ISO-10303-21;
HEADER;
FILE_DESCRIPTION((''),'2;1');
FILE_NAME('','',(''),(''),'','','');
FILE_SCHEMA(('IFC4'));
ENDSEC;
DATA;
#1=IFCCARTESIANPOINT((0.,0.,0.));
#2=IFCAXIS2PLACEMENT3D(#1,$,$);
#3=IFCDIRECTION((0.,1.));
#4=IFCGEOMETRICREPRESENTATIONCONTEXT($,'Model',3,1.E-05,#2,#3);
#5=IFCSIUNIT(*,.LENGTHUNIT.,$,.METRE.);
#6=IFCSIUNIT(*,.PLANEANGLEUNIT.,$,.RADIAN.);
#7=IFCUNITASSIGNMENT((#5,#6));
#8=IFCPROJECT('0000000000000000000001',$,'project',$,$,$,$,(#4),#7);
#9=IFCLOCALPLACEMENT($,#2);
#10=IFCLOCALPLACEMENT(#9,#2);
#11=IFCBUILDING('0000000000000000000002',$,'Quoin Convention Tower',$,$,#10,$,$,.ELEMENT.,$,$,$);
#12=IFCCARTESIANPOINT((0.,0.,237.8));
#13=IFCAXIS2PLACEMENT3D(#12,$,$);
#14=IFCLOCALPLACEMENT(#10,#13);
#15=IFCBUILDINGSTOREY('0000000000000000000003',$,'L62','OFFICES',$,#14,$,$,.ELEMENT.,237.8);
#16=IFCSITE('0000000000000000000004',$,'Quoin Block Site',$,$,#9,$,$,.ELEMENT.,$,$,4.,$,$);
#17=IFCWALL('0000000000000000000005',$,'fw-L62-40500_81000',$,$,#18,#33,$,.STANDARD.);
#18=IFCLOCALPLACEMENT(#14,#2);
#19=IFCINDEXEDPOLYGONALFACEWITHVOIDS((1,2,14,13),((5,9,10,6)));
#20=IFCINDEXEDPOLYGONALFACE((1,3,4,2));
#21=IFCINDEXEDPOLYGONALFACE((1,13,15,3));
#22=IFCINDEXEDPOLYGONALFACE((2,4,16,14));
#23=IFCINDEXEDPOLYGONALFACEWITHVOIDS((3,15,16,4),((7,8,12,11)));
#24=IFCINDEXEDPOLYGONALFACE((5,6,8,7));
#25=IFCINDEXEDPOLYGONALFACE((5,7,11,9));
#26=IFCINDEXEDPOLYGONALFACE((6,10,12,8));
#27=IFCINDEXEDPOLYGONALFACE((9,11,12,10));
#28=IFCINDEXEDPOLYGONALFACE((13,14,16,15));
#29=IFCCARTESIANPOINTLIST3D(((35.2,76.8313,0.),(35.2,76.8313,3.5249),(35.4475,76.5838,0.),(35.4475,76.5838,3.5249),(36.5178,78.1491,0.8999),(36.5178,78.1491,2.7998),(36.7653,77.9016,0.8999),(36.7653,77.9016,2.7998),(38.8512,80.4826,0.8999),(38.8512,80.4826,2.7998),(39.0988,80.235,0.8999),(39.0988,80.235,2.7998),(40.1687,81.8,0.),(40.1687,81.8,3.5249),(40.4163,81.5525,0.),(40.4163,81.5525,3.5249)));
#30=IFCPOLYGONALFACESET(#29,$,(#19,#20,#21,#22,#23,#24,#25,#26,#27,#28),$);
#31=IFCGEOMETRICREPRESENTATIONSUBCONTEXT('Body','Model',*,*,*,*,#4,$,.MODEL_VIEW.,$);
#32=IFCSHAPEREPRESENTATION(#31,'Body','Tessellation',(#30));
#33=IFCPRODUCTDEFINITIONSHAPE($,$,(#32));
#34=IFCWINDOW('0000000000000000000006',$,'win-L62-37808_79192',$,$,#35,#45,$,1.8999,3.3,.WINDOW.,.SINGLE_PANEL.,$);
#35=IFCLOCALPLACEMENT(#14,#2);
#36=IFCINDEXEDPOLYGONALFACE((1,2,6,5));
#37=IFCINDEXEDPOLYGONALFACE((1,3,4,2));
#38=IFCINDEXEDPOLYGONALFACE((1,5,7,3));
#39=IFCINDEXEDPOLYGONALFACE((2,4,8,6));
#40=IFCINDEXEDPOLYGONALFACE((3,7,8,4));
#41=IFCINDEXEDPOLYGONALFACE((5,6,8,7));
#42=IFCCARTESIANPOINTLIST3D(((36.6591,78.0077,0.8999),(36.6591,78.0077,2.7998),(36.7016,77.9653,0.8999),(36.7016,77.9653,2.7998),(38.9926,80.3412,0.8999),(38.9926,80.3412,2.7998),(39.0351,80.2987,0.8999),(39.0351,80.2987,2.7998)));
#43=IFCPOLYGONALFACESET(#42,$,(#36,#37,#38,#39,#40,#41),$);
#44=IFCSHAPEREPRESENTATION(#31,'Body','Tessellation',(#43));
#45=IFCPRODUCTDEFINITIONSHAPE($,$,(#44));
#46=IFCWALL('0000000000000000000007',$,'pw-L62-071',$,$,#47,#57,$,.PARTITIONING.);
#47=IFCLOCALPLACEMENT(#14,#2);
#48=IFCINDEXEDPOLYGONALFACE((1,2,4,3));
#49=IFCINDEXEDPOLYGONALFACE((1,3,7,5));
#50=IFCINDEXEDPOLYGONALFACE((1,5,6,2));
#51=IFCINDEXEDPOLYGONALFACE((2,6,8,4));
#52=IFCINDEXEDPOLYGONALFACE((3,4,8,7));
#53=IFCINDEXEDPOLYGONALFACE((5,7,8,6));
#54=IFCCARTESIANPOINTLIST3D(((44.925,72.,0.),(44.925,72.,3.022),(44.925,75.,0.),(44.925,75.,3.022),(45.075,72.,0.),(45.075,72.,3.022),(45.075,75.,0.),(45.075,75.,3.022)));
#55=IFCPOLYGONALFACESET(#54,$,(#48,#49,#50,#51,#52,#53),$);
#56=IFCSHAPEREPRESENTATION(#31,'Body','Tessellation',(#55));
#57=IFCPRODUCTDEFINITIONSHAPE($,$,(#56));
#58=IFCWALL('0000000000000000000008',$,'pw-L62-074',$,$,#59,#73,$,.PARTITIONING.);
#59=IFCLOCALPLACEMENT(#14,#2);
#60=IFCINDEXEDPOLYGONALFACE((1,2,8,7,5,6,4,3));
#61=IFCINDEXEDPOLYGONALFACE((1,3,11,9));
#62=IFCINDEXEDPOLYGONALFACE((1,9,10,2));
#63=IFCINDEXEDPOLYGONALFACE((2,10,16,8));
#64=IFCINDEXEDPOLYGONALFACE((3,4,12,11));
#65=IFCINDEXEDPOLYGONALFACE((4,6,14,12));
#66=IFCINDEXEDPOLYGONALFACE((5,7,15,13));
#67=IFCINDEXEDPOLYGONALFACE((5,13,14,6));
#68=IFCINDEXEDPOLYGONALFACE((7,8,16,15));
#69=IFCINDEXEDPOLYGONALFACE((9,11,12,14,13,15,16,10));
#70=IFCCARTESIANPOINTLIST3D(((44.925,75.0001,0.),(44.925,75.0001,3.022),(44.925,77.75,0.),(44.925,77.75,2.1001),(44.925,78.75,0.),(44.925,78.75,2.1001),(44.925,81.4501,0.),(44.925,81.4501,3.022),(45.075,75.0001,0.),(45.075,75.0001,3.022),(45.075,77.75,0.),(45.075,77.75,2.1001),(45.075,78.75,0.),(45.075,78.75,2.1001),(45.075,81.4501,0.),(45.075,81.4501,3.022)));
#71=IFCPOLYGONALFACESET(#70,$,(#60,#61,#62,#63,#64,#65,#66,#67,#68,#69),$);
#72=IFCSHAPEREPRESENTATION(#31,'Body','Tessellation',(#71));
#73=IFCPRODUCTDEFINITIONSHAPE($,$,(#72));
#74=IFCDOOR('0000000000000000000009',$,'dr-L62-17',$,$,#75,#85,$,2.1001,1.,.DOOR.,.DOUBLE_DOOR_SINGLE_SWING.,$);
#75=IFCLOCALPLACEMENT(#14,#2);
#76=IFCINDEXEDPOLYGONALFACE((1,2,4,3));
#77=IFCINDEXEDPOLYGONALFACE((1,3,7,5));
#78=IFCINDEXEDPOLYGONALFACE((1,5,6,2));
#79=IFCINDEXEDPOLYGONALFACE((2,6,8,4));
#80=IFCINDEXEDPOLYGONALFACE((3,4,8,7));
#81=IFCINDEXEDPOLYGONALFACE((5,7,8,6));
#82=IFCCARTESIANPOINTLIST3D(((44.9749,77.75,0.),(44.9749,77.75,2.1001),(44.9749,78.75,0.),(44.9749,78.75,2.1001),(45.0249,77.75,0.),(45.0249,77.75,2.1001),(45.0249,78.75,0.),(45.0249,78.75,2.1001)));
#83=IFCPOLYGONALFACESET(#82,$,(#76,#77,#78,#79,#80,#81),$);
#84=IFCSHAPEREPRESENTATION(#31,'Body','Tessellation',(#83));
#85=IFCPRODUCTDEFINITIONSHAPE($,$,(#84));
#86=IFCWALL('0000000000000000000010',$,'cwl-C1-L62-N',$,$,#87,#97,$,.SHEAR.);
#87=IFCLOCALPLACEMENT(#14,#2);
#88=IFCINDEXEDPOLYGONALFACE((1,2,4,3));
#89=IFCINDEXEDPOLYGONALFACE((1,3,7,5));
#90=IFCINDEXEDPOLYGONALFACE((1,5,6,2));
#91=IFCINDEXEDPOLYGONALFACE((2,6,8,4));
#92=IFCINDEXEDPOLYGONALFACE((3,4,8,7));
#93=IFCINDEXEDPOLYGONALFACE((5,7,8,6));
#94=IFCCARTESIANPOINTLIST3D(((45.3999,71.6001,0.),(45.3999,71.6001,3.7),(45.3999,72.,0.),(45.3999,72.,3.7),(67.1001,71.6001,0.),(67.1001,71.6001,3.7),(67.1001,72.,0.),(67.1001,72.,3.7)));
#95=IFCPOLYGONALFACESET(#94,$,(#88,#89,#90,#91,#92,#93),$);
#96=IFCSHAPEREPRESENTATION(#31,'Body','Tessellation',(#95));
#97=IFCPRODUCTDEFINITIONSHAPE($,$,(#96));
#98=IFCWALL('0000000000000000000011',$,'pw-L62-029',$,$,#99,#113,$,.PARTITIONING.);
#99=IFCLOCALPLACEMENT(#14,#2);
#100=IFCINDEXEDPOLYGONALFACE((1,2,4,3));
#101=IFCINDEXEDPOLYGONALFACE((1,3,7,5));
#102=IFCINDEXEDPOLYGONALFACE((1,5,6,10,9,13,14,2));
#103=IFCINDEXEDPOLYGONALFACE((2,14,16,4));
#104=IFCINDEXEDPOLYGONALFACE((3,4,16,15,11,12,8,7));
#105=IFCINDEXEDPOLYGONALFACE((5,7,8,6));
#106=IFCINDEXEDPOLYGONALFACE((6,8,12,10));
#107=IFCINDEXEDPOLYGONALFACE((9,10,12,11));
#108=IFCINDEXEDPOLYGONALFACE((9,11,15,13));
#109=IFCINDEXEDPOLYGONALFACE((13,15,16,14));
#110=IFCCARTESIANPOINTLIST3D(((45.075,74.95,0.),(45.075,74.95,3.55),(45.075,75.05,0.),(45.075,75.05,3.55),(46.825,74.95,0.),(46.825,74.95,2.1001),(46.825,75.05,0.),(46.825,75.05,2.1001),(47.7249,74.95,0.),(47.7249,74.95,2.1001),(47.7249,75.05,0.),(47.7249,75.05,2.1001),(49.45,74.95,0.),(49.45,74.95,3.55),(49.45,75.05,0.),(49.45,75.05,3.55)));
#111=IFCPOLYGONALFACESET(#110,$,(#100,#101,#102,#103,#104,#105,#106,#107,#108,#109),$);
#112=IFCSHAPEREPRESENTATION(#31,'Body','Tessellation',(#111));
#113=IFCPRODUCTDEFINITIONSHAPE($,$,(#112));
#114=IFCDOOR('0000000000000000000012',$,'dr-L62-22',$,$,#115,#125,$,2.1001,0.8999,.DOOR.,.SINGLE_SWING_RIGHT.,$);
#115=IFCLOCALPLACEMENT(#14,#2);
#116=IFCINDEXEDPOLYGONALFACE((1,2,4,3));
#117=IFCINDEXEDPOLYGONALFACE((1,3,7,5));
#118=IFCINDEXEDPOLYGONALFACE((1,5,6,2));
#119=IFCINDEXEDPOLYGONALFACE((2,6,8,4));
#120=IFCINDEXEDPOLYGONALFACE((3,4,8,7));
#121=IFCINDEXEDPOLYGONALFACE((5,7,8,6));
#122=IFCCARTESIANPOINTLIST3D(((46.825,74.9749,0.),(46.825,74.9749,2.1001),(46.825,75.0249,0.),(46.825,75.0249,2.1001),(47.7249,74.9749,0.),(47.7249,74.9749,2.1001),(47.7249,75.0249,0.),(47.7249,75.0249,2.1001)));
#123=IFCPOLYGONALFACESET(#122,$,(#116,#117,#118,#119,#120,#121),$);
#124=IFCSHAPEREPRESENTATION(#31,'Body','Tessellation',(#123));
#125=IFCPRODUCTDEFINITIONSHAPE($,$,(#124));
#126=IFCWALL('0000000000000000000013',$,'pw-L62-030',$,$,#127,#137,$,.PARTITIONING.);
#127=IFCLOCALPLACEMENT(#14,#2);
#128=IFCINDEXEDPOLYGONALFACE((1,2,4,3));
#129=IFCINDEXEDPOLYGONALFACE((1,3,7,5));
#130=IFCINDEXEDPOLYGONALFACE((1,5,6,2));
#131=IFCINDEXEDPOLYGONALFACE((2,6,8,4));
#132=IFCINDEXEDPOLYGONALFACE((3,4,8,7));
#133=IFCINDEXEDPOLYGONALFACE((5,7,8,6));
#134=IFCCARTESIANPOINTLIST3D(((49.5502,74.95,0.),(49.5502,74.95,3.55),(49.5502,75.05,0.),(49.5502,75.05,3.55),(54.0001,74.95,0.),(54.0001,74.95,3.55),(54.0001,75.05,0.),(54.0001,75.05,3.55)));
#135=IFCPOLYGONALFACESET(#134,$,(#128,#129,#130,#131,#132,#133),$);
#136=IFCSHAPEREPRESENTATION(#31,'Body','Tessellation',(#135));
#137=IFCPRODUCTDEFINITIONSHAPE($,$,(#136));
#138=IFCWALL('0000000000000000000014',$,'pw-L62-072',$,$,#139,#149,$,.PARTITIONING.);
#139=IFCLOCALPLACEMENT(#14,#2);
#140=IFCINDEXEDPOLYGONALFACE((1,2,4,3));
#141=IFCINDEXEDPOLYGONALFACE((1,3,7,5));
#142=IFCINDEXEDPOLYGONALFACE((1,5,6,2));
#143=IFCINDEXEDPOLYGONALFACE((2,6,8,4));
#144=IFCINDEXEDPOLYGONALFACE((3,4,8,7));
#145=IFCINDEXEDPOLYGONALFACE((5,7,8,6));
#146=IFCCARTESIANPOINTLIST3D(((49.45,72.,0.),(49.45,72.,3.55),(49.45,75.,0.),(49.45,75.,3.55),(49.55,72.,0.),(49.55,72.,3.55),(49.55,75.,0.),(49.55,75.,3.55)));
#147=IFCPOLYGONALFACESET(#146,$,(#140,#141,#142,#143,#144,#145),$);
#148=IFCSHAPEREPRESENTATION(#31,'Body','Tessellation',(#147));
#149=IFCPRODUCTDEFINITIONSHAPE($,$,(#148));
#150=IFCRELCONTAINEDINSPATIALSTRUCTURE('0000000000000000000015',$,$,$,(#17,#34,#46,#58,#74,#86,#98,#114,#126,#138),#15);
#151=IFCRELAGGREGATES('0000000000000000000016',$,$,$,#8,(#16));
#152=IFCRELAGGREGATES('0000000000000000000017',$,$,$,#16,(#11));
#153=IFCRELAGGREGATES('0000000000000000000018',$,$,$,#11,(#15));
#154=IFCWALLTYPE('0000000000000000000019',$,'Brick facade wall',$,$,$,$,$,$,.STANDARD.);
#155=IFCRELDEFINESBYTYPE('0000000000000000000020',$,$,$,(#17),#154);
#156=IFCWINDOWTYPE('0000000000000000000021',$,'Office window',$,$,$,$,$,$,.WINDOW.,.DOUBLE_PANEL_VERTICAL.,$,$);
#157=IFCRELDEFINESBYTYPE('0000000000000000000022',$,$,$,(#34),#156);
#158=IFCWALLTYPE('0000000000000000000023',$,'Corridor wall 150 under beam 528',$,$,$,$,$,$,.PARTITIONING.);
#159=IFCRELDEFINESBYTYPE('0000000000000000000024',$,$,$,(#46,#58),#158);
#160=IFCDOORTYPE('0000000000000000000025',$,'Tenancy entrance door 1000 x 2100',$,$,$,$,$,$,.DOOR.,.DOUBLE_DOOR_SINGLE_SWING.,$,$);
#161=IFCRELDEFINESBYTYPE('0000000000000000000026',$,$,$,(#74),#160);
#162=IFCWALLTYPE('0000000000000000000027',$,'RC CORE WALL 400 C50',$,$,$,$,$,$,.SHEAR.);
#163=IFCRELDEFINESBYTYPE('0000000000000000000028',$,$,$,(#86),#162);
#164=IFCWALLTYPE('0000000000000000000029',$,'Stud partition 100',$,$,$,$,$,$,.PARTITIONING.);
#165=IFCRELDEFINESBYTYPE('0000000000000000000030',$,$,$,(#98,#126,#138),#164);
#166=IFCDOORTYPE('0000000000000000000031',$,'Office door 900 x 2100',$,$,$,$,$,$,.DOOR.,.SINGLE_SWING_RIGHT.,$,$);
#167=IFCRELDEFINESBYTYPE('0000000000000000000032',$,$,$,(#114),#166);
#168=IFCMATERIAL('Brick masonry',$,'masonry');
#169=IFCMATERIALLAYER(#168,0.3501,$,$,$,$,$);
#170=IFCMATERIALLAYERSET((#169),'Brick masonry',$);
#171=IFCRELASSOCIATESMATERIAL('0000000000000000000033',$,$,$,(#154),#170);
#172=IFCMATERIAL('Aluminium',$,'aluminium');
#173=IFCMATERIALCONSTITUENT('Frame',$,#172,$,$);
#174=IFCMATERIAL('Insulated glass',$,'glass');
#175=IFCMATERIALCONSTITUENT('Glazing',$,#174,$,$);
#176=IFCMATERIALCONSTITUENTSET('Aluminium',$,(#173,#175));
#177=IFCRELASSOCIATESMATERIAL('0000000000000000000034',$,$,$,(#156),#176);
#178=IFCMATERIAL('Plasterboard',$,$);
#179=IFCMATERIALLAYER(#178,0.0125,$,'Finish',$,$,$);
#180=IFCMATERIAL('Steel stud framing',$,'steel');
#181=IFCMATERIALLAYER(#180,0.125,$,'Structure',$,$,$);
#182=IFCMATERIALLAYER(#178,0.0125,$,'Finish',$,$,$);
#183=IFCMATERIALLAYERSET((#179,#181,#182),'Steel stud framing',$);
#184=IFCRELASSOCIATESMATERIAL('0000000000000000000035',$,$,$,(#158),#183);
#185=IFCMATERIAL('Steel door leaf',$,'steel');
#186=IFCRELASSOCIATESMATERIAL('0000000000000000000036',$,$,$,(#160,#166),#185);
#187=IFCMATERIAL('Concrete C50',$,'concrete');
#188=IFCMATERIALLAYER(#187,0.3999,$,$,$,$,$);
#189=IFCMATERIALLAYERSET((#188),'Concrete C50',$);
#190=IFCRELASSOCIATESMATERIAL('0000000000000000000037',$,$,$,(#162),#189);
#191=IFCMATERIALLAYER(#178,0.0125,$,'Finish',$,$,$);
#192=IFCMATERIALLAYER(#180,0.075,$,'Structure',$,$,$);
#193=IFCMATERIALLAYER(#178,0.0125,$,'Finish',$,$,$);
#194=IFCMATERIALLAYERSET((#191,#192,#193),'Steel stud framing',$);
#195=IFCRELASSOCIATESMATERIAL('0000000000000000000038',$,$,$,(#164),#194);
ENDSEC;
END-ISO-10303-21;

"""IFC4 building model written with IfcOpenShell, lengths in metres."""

from ifc_helpers import new_model, si_unit, direction, frame, frame_2d, origin, place, context, subcontext, project, spatial, rectangle, extrude, material, layer, layer_set, constituent, constituent_set, type_object, element, fill, save


model = new_model("IFC4")

# Units and contexts
model_context = context("Model", 3, precision=1e-05, world=origin(), true_north=direction((0.0, 1.0)))
body_context = subcontext(model_context, "Body", "Model", "MODEL_VIEW")
ifc_project = project(units=[si_unit("LENGTHUNIT", "METRE"), si_unit("PLANEANGLEUNIT", "RADIAN")], contexts=[model_context])

# Site, building, storey
site_placement = place(None, origin())
site = spatial("IfcSite", under=ifc_project, at=site_placement, Name="Quoin Block Site", CompositionType="ELEMENT", RefElevation=4.0)
building_placement = place(site_placement, origin())
building = spatial("IfcBuilding", under=site, at=building_placement, Name="Quoin Convention Tower", CompositionType="ELEMENT")
storey_placement = place(building_placement, frame((0.0, 0.0, 237.8)))
storey = spatial("IfcBuildingStorey", under=building, at=storey_placement, Name="L62", Description="OFFICES", CompositionType="ELEMENT", Elevation=237.8)

# Shared definitions
ifc_material_1 = material(Name="Concrete C50", Category="concrete")

# Wall, opening, window
ifc_material_2 = material(Name="Brick masonry", Category="masonry")
ifc_layer_1 = layer(ifc_material_2, 0.3501)
ifc_layer_set_1 = layer_set([ifc_layer_1], Name="Brick masonry")
wall_type_1 = type_object("IfcWallType", Name="Brick facade wall", PredefinedType="STANDARD", material=ifc_layer_set_1)
wall_1_placement = place(storey_placement, frame((40.2925, 81.6763, 0.0), z_axis=(0.0, 0.0, 1.0), x_axis=(-0.707107, -0.707107, 0.0)))
wall_1 = element("IfcWall", 1, at=wall_1_placement, inside=storey, type_object=wall_type_1, Name="fw-L62-40500_81000", PredefinedType="STANDARD", context=body_context, shape_type="SweptSolid", body=[
    extrude(rectangle(XDim=7.0269, YDim=0.3501, at=frame_2d((3.5134, 0.0))), origin(), (0.0, 0.0, 1.0), 3.5249),
])
opening_1_placement = place(wall_1_placement, frame((1.8633, 0.0, 0.8999)))
opening_1 = element("IfcOpeningElement", 2, at=opening_1_placement, cuts=wall_1, PredefinedType="OPENING", context=body_context, shape_type="SweptSolid", body=[
    extrude(rectangle(XDim=3.3, YDim=1.8999, at=frame_2d((1.6499, 0.95))), frame((0.0, 0.1851, 0.0), z_axis=(0.0, -1.0, 0.0), x_axis=(1.0, 0.0, 0.0)), (0.0, 0.0, 1.0), 0.3701),
])
ifc_material_3 = material(Name="Aluminium", Category="aluminium")
ifc_constituent_1 = constituent(ifc_material_3, Name="Frame")
ifc_material_4 = material(Name="Insulated glass", Category="glass")
ifc_constituent_2 = constituent(ifc_material_4, Name="Glazing")
ifc_constituent_set = constituent_set(constituents=[ifc_constituent_1, ifc_constituent_2], Name="Aluminium")
window_type = type_object("IfcWindowType", Name="Office window", PartitioningType="DOUBLE_PANEL_VERTICAL", PredefinedType="WINDOW", material=ifc_constituent_set)
window_placement = place(opening_1_placement, origin())
window = element("IfcWindow", 3, at=window_placement, inside=storey, type_object=window_type, Name="win-L62-37808_79192", OverallHeight=1.8999, OverallWidth=3.3, PartitioningType="SINGLE_PANEL", PredefinedType="WINDOW", context=body_context, shape_type="SweptSolid", body=[
    extrude(rectangle(XDim=3.3, YDim=1.8999, at=frame_2d((1.6499, 0.95))), frame((0.0, 0.085, 0.0), z_axis=(0.0, -1.0, 0.0), x_axis=(1.0, 0.0, 0.0)), (0.0, 0.0, 1.0), 0.0601),
])
fill(opening_1, window)

# Wall
ifc_material_5 = material(Name="Plasterboard")
ifc_layer_2 = layer(ifc_material_5, 0.0125, Name="Finish")
ifc_material_6 = material(Name="Steel stud framing", Category="steel")
ifc_layer_3 = layer(ifc_material_6, 0.125, Name="Structure")
ifc_layer_4 = layer(ifc_material_5, 0.0125, Name="Finish")
ifc_layer_set_2 = layer_set([ifc_layer_2, ifc_layer_3, ifc_layer_4], Name="Steel stud framing")
wall_type_2 = type_object("IfcWallType", Name="Corridor wall 150 under beam 528", PredefinedType="PARTITIONING", material=ifc_layer_set_2)
wall_2_placement = place(storey_placement, frame((45.0, 72.0, 0.0), z_axis=(0.0, 0.0, 1.0), x_axis=(0.0, 1.0, 0.0)))
element("IfcWall", 4, at=wall_2_placement, inside=storey, type_object=wall_type_2, Name="pw-L62-071", PredefinedType="PARTITIONING", context=body_context, shape_type="SweptSolid", body=[
    extrude(rectangle(XDim=3.0, YDim=0.1499, at=frame_2d((1.5, 0.0))), origin(), (0.0, 0.0, 1.0), 3.022),
])

# Wall, opening, door
wall_3_placement = place(storey_placement, frame((45.0, 75.0, 0.0), z_axis=(0.0, 0.0, 1.0), x_axis=(0.0, 1.0, 0.0)))
wall_3 = element("IfcWall", 5, at=wall_3_placement, inside=storey, type_object=wall_type_2, Name="pw-L62-074", PredefinedType="PARTITIONING", context=body_context, shape_type="SweptSolid", body=[
    extrude(rectangle(XDim=6.45, YDim=0.1499, at=frame_2d((3.2251, 0.0))), origin(), (0.0, 0.0, 1.0), 3.022),
])
opening_2_placement = place(wall_3_placement, frame((2.75, 0.0, 0.0)))
opening_2 = element("IfcOpeningElement", 6, at=opening_2_placement, cuts=wall_3, PredefinedType="OPENING", context=body_context, shape_type="SweptSolid", body=[
    extrude(rectangle(XDim=1.0, YDim=2.1001, at=frame_2d((0.5, 1.05))), frame((0.0, 0.085, 0.0), z_axis=(0.0, -1.0, 0.0), x_axis=(1.0, 0.0, 0.0)), (0.0, 0.0, 1.0), 0.1699),
])
ifc_material_7 = material(Name="Steel door leaf", Category="steel")
door_type_1 = type_object("IfcDoorType", Name="Tenancy entrance door 1000 x 2100", OperationType="DOUBLE_DOOR_SINGLE_SWING", PredefinedType="DOOR", material=ifc_material_7)
door_1_placement = place(opening_2_placement, frame((1.0, 0.0, 0.0), z_axis=(0.0, 0.0, 1.0), x_axis=(-1.0, 0.0, 0.0)))
door_1 = element("IfcDoor", 7, at=door_1_placement, inside=storey, type_object=door_type_1, Name="dr-L62-17", OperationType="DOUBLE_DOOR_SINGLE_SWING", OverallHeight=2.1001, OverallWidth=1.0, PredefinedType="DOOR", context=body_context, shape_type="SweptSolid", body=[
    extrude(rectangle(XDim=1.0, YDim=2.1001, at=frame_2d((0.5, 1.05))), frame((0.0, 0.0249, 0.0), z_axis=(0.0, -1.0, 0.0), x_axis=(1.0, 0.0, 0.0)), (0.0, 0.0, 1.0), 0.05),
])
fill(opening_2, door_1)

# Wall
ifc_layer_5 = layer(ifc_material_1, 0.3999)
ifc_layer_set_3 = layer_set([ifc_layer_5], Name="Concrete C50")
wall_type_3 = type_object("IfcWallType", Name="RC CORE WALL 400 C50", PredefinedType="SHEAR", material=ifc_layer_set_3)
wall_4_placement = place(storey_placement, frame((45.3999, 71.8, 0.0), z_axis=(0.0, 0.0, 1.0), x_axis=(1.0, 0.0, 0.0)))
element("IfcWall", 8, at=wall_4_placement, inside=storey, type_object=wall_type_3, Name="cwl-C1-L62-N", PredefinedType="SHEAR", context=body_context, shape_type="SweptSolid", body=[
    extrude(rectangle(XDim=21.7002, YDim=0.3999, at=frame_2d((10.8501, 0.0))), origin(), (0.0, 0.0, 1.0), 3.7),
])

# Wall, opening, door
ifc_layer_6 = layer(ifc_material_5, 0.0125, Name="Finish")
ifc_layer_7 = layer(ifc_material_6, 0.075, Name="Structure")
ifc_layer_8 = layer(ifc_material_5, 0.0125, Name="Finish")
ifc_layer_set_4 = layer_set([ifc_layer_6, ifc_layer_7, ifc_layer_8], Name="Steel stud framing")
wall_type_4 = type_object("IfcWallType", Name="Stud partition 100", PredefinedType="PARTITIONING", material=ifc_layer_set_4)
wall_5_placement = place(storey_placement, frame((45.075, 75.0, 0.0), z_axis=(0.0, 0.0, 1.0), x_axis=(1.0, 0.0, 0.0)))
wall_5 = element("IfcWall", 9, at=wall_5_placement, inside=storey, type_object=wall_type_4, Name="pw-L62-029", PredefinedType="PARTITIONING", context=body_context, shape_type="SweptSolid", body=[
    extrude(rectangle(XDim=4.375, YDim=0.1001, at=frame_2d((2.1875, 0.0))), origin(), (0.0, 0.0, 1.0), 3.55),
])
opening_3_placement = place(wall_5_placement, frame((1.75, 0.0, 0.0)))
opening_3 = element("IfcOpeningElement", 10, at=opening_3_placement, cuts=wall_5, PredefinedType="OPENING", context=body_context, shape_type="SweptSolid", body=[
    extrude(rectangle(XDim=0.8999, YDim=2.1001, at=frame_2d((0.45, 1.05))), frame((0.0, 0.0601, 0.0), z_axis=(0.0, -1.0, 0.0), x_axis=(1.0, 0.0, 0.0)), (0.0, 0.0, 1.0), 0.1201),
])
door_type_2 = type_object("IfcDoorType", Name="Office door 900 x 2100", OperationType="SINGLE_SWING_RIGHT", PredefinedType="DOOR", material=ifc_material_7)
door_2_placement = place(opening_3_placement, origin())
door_2 = element("IfcDoor", 11, at=door_2_placement, inside=storey, type_object=door_type_2, Name="dr-L62-22", OperationType="SINGLE_SWING_RIGHT", OverallHeight=2.1001, OverallWidth=0.8999, PredefinedType="DOOR", context=body_context, shape_type="SweptSolid", body=[
    extrude(rectangle(XDim=0.8999, YDim=2.1001, at=frame_2d((0.45, 1.05))), frame((0.0, 0.0249, 0.0), z_axis=(0.0, -1.0, 0.0), x_axis=(1.0, 0.0, 0.0)), (0.0, 0.0, 1.0), 0.05),
])
fill(opening_3, door_2)

# Walls
wall_6_placement = place(storey_placement, frame((49.55, 75.0, 0.0), z_axis=(0.0, 0.0, 1.0), x_axis=(1.0, 0.0, 0.0)))
element("IfcWall", 12, at=wall_6_placement, inside=storey, type_object=wall_type_4, Name="pw-L62-030", PredefinedType="PARTITIONING", context=body_context, shape_type="SweptSolid", body=[
    extrude(rectangle(XDim=4.45, YDim=0.1001, at=frame_2d((2.2251, 0.0))), origin(), (0.0, 0.0, 1.0), 3.55),
])
wall_7_placement = place(storey_placement, frame((49.5, 72.0, 0.0), z_axis=(0.0, 0.0, 1.0), x_axis=(0.0, 1.0, 0.0)))
element("IfcWall", 13, at=wall_7_placement, inside=storey, type_object=wall_type_4, Name="pw-L62-072", PredefinedType="PARTITIONING", context=body_context, shape_type="SweptSolid", body=[
    extrude(rectangle(XDim=3.0, YDim=0.1001, at=frame_2d((1.5, 0.0))), origin(), (0.0, 0.0, 1.0), 3.55),
])

save(model, "model.ifc")
